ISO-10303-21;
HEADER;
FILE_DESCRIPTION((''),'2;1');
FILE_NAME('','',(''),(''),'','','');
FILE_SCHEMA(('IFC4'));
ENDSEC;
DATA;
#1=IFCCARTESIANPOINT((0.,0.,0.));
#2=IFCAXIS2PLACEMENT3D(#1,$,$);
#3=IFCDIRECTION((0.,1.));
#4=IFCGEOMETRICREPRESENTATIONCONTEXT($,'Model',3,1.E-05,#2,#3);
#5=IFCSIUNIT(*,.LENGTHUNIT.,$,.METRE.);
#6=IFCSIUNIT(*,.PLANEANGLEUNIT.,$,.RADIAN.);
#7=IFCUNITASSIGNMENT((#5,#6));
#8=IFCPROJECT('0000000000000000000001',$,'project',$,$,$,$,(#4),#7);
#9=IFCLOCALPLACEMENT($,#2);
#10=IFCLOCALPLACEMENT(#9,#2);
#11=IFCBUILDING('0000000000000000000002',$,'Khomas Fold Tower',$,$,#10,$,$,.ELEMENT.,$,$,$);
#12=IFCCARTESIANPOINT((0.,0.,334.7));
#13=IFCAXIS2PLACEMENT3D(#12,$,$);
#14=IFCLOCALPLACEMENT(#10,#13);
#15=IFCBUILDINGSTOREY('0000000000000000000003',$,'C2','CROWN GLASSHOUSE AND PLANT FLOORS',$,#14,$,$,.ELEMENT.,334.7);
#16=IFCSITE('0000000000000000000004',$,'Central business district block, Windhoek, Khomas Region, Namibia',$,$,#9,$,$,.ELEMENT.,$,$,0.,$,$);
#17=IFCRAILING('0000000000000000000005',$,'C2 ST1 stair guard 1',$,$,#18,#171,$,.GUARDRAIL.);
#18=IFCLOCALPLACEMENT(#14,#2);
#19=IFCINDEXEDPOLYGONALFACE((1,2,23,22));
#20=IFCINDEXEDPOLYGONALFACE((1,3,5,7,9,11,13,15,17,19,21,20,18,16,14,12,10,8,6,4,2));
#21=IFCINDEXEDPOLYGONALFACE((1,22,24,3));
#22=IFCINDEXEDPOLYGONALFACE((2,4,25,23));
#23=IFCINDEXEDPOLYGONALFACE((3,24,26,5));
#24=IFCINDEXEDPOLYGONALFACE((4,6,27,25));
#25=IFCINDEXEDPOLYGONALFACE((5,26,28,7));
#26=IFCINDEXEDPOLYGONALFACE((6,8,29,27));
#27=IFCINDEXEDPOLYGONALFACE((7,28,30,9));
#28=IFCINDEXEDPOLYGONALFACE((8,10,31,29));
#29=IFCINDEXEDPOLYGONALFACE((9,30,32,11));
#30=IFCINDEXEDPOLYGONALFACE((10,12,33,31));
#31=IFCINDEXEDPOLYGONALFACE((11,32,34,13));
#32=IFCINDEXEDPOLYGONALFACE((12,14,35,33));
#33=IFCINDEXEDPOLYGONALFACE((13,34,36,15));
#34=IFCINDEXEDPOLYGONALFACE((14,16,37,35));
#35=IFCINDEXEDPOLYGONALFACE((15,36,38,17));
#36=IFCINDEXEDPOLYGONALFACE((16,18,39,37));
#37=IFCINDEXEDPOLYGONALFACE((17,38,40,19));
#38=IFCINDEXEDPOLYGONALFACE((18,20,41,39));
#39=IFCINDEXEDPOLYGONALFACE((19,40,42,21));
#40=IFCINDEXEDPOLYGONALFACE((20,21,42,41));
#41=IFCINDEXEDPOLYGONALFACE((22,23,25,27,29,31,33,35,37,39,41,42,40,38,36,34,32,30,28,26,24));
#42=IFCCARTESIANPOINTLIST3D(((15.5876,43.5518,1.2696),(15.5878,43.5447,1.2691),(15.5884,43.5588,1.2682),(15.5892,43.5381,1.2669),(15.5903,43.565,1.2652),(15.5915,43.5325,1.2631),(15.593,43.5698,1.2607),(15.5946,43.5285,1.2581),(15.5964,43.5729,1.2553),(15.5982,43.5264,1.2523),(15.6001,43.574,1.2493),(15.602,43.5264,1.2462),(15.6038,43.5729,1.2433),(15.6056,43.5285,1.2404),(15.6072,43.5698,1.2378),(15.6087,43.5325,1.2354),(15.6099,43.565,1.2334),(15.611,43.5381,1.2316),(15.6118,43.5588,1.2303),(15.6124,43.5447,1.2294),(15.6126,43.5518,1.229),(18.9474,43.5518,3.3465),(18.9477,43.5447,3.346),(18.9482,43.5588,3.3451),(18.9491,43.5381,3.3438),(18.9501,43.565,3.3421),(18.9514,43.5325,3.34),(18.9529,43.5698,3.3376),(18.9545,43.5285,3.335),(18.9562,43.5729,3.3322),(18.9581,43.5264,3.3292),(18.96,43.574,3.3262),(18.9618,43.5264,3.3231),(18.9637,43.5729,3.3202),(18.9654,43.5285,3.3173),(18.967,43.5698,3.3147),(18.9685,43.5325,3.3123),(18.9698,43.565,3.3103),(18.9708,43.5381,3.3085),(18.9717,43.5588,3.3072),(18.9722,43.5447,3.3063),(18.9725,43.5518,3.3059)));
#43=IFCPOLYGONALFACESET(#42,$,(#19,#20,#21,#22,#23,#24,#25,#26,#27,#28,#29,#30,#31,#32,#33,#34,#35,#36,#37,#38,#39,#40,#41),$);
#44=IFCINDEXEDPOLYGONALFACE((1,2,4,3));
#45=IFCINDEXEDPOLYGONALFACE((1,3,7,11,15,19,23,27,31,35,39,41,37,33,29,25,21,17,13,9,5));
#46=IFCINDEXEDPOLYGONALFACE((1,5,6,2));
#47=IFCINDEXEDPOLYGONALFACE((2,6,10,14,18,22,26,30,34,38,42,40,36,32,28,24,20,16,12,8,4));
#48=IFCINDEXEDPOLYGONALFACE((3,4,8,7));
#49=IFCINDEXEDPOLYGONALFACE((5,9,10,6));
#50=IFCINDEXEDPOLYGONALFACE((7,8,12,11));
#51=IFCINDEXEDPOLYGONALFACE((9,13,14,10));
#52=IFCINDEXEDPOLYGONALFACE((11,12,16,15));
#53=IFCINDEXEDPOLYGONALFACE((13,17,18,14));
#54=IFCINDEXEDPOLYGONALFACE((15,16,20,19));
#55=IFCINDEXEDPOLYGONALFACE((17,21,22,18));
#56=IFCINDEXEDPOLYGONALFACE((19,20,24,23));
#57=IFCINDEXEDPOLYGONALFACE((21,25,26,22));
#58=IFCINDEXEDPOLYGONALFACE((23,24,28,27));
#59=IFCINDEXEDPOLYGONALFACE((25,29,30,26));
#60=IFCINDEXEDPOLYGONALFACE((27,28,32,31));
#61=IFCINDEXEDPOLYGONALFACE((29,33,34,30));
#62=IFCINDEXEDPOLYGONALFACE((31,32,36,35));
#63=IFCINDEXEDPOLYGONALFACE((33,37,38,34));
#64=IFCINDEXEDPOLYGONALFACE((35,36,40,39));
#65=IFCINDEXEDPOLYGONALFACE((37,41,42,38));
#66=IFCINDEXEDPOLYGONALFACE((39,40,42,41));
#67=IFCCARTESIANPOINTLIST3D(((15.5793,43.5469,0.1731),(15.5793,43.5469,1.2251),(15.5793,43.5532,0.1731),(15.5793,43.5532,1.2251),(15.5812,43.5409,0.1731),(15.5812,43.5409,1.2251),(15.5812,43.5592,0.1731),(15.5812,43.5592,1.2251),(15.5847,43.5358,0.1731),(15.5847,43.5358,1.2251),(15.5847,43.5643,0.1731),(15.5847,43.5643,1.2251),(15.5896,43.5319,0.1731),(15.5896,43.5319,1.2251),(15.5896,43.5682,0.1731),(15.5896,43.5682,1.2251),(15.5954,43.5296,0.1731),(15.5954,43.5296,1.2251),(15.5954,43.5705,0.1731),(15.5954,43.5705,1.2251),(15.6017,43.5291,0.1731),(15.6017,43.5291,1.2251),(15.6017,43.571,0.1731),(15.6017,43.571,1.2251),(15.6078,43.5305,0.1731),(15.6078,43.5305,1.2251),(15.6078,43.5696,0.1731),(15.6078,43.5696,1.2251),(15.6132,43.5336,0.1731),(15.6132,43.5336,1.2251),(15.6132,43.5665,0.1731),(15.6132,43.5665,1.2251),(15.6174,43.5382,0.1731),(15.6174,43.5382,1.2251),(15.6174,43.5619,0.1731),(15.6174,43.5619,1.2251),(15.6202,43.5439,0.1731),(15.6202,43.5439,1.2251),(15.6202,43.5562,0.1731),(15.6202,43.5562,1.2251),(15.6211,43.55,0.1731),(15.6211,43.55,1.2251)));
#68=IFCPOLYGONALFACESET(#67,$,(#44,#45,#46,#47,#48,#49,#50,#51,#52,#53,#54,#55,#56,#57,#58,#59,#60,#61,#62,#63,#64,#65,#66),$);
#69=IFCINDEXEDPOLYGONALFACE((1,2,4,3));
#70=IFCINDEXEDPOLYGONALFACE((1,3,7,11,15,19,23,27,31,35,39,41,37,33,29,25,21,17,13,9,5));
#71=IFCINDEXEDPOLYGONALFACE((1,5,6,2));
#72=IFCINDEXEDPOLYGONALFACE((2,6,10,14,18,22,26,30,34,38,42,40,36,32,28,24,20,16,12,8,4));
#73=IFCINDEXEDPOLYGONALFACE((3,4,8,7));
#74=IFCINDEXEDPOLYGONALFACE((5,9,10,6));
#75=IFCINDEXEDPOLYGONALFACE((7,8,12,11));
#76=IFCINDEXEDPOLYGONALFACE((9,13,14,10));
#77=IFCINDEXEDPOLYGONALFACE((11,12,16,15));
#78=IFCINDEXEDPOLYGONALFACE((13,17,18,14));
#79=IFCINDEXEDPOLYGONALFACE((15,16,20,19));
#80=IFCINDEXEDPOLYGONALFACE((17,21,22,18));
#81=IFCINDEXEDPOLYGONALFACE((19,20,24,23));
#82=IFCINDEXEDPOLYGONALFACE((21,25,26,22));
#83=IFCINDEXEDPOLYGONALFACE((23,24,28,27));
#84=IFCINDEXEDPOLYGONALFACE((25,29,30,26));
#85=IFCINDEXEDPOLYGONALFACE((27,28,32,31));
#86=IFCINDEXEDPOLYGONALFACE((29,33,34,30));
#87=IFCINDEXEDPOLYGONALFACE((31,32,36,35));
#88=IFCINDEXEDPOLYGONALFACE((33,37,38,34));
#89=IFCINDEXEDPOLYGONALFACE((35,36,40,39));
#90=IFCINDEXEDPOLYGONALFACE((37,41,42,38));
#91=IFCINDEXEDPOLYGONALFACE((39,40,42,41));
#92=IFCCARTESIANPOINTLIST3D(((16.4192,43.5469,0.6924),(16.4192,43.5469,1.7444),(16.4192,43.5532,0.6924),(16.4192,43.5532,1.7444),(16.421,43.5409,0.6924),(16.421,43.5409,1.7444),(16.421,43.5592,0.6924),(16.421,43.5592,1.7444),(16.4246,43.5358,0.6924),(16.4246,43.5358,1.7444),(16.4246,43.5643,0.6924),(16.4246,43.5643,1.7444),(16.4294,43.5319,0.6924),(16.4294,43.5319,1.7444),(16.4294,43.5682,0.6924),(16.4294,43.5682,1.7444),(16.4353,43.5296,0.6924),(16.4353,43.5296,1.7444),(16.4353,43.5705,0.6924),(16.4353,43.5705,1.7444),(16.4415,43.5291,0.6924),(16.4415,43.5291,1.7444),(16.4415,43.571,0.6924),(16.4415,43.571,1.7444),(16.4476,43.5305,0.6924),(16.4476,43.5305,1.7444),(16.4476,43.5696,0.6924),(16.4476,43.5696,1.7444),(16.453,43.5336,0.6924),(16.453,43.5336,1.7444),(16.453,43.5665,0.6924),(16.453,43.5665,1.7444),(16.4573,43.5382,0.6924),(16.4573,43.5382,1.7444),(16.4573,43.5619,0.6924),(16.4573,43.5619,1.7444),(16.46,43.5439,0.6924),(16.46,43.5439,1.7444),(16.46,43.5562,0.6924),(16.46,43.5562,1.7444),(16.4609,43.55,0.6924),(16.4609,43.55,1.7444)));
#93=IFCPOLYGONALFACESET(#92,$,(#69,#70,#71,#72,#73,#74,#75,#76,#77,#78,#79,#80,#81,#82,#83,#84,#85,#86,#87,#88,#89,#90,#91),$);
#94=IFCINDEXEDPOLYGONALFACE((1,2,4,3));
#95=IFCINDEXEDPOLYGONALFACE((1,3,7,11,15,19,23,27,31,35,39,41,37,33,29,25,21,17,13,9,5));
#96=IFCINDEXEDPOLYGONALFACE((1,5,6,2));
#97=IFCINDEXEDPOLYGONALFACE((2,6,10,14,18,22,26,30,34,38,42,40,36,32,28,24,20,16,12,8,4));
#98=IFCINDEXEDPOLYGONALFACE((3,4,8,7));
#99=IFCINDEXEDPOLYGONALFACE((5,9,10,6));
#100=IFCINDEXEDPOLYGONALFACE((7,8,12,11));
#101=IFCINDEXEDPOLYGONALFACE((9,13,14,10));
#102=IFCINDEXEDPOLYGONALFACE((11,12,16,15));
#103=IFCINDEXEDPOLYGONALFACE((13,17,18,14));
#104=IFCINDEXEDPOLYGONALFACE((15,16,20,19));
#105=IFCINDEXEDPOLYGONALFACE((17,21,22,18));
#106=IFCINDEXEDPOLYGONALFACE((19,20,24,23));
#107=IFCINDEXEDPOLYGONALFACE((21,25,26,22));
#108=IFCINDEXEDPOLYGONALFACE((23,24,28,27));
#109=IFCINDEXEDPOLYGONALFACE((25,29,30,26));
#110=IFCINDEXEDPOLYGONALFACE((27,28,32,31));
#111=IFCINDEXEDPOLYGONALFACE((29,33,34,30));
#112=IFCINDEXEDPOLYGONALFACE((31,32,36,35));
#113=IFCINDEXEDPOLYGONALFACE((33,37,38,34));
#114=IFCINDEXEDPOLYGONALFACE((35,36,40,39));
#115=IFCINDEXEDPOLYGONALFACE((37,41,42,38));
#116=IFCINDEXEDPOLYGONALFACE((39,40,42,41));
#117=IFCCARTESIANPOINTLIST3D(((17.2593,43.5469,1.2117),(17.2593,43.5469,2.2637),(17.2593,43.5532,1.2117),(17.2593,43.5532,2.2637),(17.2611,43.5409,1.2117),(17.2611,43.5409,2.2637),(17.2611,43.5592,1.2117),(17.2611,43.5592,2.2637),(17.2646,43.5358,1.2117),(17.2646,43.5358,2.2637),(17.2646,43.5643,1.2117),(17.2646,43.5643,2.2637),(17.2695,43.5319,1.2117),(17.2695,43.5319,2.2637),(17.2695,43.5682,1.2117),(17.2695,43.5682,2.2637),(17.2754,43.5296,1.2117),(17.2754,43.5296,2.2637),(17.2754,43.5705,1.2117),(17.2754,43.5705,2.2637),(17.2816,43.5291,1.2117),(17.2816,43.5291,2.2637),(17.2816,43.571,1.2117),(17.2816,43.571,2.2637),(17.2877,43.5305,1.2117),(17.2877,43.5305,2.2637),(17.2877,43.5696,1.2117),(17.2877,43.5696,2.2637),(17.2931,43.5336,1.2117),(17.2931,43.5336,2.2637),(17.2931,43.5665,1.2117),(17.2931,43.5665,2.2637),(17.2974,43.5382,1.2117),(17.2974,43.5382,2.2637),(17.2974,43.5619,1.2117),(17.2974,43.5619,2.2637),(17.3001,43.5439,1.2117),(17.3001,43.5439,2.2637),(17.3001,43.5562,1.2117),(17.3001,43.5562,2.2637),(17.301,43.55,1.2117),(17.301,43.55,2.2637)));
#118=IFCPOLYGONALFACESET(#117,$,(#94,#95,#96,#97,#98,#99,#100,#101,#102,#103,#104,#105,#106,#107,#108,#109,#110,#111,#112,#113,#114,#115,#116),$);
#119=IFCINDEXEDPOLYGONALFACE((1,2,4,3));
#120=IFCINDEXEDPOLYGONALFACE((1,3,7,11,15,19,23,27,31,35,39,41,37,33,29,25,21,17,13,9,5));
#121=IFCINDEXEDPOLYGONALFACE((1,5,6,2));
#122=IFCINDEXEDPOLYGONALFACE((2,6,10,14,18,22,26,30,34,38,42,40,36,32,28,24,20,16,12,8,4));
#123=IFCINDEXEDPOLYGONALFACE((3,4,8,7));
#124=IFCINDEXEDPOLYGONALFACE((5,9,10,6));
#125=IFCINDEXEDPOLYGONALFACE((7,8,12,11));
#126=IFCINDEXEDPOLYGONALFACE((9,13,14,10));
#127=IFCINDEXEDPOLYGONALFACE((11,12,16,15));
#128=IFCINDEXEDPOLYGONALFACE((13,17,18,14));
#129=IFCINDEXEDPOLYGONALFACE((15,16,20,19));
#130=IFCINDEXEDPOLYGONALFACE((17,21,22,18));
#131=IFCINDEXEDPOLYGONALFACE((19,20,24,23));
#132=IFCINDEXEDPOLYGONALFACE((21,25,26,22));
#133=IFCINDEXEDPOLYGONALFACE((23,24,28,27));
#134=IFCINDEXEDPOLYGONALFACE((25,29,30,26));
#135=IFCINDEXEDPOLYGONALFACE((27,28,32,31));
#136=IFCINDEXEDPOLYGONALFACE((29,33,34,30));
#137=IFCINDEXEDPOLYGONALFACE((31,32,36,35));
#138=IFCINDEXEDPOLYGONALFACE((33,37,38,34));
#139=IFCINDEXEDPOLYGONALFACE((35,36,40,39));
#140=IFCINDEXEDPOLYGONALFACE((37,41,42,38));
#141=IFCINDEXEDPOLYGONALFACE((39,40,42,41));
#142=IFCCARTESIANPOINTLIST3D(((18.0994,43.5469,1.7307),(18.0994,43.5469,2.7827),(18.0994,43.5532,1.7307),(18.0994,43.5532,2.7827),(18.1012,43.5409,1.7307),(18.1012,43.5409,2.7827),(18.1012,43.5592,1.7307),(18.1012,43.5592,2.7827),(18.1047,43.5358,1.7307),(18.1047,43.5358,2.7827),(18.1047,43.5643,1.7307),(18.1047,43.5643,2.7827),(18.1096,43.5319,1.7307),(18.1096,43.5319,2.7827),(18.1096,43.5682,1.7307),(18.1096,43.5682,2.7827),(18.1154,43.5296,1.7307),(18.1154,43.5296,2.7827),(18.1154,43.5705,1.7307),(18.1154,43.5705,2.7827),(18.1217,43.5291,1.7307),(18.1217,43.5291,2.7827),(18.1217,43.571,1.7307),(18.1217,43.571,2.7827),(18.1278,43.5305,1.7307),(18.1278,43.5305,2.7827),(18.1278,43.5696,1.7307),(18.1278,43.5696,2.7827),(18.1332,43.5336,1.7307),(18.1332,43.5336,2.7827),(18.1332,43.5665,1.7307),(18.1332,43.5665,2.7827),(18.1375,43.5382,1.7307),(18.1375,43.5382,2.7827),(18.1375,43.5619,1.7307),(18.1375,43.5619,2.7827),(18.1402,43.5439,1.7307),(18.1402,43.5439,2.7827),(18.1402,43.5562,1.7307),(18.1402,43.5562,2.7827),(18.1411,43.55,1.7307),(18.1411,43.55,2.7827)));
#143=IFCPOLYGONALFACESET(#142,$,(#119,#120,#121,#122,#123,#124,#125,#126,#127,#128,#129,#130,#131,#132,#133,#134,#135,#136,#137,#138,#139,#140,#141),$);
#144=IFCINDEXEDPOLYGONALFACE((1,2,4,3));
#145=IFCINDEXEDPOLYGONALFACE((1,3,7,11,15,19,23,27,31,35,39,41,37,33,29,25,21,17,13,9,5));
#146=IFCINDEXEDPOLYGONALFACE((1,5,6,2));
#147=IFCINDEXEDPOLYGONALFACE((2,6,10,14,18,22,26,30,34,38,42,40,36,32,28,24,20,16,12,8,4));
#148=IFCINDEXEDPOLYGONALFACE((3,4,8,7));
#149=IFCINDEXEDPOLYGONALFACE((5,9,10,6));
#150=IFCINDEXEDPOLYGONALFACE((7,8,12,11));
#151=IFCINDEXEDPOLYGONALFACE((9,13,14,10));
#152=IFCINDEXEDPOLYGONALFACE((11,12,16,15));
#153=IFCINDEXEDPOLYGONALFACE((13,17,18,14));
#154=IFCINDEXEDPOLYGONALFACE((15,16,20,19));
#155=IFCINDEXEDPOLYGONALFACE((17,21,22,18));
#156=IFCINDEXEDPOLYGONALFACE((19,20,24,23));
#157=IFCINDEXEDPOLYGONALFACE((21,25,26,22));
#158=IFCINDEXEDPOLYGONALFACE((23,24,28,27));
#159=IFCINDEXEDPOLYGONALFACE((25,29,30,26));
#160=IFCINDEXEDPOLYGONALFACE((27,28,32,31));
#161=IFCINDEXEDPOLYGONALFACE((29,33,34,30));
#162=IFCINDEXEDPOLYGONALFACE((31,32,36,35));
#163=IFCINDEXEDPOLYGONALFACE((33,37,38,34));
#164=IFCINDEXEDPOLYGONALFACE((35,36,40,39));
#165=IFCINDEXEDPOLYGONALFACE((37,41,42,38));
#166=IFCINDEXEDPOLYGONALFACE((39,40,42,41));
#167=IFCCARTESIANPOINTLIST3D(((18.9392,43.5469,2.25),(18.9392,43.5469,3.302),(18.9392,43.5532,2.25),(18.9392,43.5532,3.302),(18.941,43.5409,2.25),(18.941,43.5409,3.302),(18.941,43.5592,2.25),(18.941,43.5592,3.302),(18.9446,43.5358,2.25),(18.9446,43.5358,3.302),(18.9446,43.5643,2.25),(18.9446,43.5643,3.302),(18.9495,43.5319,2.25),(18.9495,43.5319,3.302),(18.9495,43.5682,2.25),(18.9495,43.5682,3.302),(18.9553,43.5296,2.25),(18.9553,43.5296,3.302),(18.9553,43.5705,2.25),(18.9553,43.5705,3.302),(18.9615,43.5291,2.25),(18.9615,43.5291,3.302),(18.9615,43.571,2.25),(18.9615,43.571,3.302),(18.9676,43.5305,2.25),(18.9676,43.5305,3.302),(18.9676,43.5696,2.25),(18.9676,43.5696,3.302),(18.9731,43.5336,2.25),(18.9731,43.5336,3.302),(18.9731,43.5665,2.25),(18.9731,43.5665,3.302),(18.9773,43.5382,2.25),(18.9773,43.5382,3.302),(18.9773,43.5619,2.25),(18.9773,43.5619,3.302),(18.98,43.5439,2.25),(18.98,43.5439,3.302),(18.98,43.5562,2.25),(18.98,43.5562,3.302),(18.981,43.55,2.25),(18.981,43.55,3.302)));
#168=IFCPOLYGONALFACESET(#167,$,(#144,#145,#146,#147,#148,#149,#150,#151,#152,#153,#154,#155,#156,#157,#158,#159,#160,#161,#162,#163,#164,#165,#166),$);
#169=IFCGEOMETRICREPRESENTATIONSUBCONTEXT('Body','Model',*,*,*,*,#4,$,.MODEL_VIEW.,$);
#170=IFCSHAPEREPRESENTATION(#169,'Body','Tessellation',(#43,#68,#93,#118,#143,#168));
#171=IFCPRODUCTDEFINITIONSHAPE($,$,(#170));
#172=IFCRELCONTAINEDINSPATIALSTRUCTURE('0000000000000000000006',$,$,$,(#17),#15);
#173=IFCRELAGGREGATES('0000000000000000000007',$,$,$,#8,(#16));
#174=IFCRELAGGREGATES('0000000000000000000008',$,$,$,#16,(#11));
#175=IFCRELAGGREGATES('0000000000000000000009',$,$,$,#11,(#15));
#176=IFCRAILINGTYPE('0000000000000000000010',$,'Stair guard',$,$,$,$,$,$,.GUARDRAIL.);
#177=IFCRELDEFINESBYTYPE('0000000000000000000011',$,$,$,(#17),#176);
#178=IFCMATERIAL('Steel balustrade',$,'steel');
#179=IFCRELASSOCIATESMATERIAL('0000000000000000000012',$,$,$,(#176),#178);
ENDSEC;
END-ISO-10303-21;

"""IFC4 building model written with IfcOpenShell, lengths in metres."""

from ifc_helpers import new_model, si_unit, direction, frame, origin, origin_2d, place, context, subcontext, project, spatial, circle, extrude, source, transform, mapped, material, type_object, element, save


model = new_model("IFC4")

# Units and contexts
model_context = context("Model", 3, precision=1e-05, world=origin(), true_north=direction((0.0, 1.0)))
body_context = subcontext(model_context, "Body", "Model", "MODEL_VIEW")
ifc_project = project(units=[si_unit("LENGTHUNIT", "METRE"), si_unit("PLANEANGLEUNIT", "RADIAN")], contexts=[model_context])

# Site, building, storey
site_placement = place(None, origin())
site = spatial("IfcSite", under=ifc_project, at=site_placement, Name="Central business district block, Windhoek, Khomas Region, Namibia", CompositionType="ELEMENT", RefElevation=0.0)
building_placement = place(site_placement, origin())
building = spatial("IfcBuilding", under=site, at=building_placement, Name="Khomas Fold Tower", CompositionType="ELEMENT")
storey_placement = place(building_placement, frame((0.0, 0.0, 334.7)))
storey = spatial("IfcBuildingStorey", under=building, at=storey_placement, Name="C2", Description="CROWN GLASSHOUSE AND PLANT FLOORS", CompositionType="ELEMENT", Elevation=334.7)

# Railing
ifc_material_1 = material(Name="Steel balustrade", Category="steel")
railing_type_1 = type_object("IfcRailingType", Name="Stair guard", PredefinedType="GUARDRAIL", material=ifc_material_1)
shared_shape_1 = source(origin(), body_context, "Body", "SweptSolid", [
    extrude(circle(Radius=0.0239, at=origin_2d()), frame((0.0, 0.0, 1.0762), z_axis=(0.850606, 0.0, 0.525803), x_axis=(0.0, 1.0, 0.0)), (0.0, 0.0, 1.0), 3.95),
    extrude(circle(Radius=0.021, at=origin_2d()), origin(), (0.0, 0.0, 1.0), 1.052),
    extrude(circle(Radius=0.021, at=origin_2d()), frame((0.8398, 0.0, 0.5193)), (0.0, 0.0, 1.0), 1.052),
    extrude(circle(Radius=0.021, at=origin_2d()), frame((1.6799, 0.0, 1.0386)), (0.0, 0.0, 1.0), 1.052),
    extrude(circle(Radius=0.021, at=origin_2d()), frame((2.52, 0.0, 1.5576)), (0.0, 0.0, 1.0), 1.052),
    extrude(circle(Radius=0.021, at=origin_2d()), frame((3.3599, 0.0, 2.0769)), (0.0, 0.0, 1.0), 1.052),
])
railing_1_placement = place(storey_placement, frame((15.6001, 43.55, 0.1731)))
element("IfcRailing", 1, at=railing_1_placement, inside=storey, type_object=railing_type_1, Name="C2 ST1 stair guard 1", PredefinedType="GUARDRAIL", context=body_context, shape_type="MappedRepresentation", body=[
    mapped(shared_shape_1, transform((0.0, 0.0, 0.0))),
])

save(model, "model.ifc")
